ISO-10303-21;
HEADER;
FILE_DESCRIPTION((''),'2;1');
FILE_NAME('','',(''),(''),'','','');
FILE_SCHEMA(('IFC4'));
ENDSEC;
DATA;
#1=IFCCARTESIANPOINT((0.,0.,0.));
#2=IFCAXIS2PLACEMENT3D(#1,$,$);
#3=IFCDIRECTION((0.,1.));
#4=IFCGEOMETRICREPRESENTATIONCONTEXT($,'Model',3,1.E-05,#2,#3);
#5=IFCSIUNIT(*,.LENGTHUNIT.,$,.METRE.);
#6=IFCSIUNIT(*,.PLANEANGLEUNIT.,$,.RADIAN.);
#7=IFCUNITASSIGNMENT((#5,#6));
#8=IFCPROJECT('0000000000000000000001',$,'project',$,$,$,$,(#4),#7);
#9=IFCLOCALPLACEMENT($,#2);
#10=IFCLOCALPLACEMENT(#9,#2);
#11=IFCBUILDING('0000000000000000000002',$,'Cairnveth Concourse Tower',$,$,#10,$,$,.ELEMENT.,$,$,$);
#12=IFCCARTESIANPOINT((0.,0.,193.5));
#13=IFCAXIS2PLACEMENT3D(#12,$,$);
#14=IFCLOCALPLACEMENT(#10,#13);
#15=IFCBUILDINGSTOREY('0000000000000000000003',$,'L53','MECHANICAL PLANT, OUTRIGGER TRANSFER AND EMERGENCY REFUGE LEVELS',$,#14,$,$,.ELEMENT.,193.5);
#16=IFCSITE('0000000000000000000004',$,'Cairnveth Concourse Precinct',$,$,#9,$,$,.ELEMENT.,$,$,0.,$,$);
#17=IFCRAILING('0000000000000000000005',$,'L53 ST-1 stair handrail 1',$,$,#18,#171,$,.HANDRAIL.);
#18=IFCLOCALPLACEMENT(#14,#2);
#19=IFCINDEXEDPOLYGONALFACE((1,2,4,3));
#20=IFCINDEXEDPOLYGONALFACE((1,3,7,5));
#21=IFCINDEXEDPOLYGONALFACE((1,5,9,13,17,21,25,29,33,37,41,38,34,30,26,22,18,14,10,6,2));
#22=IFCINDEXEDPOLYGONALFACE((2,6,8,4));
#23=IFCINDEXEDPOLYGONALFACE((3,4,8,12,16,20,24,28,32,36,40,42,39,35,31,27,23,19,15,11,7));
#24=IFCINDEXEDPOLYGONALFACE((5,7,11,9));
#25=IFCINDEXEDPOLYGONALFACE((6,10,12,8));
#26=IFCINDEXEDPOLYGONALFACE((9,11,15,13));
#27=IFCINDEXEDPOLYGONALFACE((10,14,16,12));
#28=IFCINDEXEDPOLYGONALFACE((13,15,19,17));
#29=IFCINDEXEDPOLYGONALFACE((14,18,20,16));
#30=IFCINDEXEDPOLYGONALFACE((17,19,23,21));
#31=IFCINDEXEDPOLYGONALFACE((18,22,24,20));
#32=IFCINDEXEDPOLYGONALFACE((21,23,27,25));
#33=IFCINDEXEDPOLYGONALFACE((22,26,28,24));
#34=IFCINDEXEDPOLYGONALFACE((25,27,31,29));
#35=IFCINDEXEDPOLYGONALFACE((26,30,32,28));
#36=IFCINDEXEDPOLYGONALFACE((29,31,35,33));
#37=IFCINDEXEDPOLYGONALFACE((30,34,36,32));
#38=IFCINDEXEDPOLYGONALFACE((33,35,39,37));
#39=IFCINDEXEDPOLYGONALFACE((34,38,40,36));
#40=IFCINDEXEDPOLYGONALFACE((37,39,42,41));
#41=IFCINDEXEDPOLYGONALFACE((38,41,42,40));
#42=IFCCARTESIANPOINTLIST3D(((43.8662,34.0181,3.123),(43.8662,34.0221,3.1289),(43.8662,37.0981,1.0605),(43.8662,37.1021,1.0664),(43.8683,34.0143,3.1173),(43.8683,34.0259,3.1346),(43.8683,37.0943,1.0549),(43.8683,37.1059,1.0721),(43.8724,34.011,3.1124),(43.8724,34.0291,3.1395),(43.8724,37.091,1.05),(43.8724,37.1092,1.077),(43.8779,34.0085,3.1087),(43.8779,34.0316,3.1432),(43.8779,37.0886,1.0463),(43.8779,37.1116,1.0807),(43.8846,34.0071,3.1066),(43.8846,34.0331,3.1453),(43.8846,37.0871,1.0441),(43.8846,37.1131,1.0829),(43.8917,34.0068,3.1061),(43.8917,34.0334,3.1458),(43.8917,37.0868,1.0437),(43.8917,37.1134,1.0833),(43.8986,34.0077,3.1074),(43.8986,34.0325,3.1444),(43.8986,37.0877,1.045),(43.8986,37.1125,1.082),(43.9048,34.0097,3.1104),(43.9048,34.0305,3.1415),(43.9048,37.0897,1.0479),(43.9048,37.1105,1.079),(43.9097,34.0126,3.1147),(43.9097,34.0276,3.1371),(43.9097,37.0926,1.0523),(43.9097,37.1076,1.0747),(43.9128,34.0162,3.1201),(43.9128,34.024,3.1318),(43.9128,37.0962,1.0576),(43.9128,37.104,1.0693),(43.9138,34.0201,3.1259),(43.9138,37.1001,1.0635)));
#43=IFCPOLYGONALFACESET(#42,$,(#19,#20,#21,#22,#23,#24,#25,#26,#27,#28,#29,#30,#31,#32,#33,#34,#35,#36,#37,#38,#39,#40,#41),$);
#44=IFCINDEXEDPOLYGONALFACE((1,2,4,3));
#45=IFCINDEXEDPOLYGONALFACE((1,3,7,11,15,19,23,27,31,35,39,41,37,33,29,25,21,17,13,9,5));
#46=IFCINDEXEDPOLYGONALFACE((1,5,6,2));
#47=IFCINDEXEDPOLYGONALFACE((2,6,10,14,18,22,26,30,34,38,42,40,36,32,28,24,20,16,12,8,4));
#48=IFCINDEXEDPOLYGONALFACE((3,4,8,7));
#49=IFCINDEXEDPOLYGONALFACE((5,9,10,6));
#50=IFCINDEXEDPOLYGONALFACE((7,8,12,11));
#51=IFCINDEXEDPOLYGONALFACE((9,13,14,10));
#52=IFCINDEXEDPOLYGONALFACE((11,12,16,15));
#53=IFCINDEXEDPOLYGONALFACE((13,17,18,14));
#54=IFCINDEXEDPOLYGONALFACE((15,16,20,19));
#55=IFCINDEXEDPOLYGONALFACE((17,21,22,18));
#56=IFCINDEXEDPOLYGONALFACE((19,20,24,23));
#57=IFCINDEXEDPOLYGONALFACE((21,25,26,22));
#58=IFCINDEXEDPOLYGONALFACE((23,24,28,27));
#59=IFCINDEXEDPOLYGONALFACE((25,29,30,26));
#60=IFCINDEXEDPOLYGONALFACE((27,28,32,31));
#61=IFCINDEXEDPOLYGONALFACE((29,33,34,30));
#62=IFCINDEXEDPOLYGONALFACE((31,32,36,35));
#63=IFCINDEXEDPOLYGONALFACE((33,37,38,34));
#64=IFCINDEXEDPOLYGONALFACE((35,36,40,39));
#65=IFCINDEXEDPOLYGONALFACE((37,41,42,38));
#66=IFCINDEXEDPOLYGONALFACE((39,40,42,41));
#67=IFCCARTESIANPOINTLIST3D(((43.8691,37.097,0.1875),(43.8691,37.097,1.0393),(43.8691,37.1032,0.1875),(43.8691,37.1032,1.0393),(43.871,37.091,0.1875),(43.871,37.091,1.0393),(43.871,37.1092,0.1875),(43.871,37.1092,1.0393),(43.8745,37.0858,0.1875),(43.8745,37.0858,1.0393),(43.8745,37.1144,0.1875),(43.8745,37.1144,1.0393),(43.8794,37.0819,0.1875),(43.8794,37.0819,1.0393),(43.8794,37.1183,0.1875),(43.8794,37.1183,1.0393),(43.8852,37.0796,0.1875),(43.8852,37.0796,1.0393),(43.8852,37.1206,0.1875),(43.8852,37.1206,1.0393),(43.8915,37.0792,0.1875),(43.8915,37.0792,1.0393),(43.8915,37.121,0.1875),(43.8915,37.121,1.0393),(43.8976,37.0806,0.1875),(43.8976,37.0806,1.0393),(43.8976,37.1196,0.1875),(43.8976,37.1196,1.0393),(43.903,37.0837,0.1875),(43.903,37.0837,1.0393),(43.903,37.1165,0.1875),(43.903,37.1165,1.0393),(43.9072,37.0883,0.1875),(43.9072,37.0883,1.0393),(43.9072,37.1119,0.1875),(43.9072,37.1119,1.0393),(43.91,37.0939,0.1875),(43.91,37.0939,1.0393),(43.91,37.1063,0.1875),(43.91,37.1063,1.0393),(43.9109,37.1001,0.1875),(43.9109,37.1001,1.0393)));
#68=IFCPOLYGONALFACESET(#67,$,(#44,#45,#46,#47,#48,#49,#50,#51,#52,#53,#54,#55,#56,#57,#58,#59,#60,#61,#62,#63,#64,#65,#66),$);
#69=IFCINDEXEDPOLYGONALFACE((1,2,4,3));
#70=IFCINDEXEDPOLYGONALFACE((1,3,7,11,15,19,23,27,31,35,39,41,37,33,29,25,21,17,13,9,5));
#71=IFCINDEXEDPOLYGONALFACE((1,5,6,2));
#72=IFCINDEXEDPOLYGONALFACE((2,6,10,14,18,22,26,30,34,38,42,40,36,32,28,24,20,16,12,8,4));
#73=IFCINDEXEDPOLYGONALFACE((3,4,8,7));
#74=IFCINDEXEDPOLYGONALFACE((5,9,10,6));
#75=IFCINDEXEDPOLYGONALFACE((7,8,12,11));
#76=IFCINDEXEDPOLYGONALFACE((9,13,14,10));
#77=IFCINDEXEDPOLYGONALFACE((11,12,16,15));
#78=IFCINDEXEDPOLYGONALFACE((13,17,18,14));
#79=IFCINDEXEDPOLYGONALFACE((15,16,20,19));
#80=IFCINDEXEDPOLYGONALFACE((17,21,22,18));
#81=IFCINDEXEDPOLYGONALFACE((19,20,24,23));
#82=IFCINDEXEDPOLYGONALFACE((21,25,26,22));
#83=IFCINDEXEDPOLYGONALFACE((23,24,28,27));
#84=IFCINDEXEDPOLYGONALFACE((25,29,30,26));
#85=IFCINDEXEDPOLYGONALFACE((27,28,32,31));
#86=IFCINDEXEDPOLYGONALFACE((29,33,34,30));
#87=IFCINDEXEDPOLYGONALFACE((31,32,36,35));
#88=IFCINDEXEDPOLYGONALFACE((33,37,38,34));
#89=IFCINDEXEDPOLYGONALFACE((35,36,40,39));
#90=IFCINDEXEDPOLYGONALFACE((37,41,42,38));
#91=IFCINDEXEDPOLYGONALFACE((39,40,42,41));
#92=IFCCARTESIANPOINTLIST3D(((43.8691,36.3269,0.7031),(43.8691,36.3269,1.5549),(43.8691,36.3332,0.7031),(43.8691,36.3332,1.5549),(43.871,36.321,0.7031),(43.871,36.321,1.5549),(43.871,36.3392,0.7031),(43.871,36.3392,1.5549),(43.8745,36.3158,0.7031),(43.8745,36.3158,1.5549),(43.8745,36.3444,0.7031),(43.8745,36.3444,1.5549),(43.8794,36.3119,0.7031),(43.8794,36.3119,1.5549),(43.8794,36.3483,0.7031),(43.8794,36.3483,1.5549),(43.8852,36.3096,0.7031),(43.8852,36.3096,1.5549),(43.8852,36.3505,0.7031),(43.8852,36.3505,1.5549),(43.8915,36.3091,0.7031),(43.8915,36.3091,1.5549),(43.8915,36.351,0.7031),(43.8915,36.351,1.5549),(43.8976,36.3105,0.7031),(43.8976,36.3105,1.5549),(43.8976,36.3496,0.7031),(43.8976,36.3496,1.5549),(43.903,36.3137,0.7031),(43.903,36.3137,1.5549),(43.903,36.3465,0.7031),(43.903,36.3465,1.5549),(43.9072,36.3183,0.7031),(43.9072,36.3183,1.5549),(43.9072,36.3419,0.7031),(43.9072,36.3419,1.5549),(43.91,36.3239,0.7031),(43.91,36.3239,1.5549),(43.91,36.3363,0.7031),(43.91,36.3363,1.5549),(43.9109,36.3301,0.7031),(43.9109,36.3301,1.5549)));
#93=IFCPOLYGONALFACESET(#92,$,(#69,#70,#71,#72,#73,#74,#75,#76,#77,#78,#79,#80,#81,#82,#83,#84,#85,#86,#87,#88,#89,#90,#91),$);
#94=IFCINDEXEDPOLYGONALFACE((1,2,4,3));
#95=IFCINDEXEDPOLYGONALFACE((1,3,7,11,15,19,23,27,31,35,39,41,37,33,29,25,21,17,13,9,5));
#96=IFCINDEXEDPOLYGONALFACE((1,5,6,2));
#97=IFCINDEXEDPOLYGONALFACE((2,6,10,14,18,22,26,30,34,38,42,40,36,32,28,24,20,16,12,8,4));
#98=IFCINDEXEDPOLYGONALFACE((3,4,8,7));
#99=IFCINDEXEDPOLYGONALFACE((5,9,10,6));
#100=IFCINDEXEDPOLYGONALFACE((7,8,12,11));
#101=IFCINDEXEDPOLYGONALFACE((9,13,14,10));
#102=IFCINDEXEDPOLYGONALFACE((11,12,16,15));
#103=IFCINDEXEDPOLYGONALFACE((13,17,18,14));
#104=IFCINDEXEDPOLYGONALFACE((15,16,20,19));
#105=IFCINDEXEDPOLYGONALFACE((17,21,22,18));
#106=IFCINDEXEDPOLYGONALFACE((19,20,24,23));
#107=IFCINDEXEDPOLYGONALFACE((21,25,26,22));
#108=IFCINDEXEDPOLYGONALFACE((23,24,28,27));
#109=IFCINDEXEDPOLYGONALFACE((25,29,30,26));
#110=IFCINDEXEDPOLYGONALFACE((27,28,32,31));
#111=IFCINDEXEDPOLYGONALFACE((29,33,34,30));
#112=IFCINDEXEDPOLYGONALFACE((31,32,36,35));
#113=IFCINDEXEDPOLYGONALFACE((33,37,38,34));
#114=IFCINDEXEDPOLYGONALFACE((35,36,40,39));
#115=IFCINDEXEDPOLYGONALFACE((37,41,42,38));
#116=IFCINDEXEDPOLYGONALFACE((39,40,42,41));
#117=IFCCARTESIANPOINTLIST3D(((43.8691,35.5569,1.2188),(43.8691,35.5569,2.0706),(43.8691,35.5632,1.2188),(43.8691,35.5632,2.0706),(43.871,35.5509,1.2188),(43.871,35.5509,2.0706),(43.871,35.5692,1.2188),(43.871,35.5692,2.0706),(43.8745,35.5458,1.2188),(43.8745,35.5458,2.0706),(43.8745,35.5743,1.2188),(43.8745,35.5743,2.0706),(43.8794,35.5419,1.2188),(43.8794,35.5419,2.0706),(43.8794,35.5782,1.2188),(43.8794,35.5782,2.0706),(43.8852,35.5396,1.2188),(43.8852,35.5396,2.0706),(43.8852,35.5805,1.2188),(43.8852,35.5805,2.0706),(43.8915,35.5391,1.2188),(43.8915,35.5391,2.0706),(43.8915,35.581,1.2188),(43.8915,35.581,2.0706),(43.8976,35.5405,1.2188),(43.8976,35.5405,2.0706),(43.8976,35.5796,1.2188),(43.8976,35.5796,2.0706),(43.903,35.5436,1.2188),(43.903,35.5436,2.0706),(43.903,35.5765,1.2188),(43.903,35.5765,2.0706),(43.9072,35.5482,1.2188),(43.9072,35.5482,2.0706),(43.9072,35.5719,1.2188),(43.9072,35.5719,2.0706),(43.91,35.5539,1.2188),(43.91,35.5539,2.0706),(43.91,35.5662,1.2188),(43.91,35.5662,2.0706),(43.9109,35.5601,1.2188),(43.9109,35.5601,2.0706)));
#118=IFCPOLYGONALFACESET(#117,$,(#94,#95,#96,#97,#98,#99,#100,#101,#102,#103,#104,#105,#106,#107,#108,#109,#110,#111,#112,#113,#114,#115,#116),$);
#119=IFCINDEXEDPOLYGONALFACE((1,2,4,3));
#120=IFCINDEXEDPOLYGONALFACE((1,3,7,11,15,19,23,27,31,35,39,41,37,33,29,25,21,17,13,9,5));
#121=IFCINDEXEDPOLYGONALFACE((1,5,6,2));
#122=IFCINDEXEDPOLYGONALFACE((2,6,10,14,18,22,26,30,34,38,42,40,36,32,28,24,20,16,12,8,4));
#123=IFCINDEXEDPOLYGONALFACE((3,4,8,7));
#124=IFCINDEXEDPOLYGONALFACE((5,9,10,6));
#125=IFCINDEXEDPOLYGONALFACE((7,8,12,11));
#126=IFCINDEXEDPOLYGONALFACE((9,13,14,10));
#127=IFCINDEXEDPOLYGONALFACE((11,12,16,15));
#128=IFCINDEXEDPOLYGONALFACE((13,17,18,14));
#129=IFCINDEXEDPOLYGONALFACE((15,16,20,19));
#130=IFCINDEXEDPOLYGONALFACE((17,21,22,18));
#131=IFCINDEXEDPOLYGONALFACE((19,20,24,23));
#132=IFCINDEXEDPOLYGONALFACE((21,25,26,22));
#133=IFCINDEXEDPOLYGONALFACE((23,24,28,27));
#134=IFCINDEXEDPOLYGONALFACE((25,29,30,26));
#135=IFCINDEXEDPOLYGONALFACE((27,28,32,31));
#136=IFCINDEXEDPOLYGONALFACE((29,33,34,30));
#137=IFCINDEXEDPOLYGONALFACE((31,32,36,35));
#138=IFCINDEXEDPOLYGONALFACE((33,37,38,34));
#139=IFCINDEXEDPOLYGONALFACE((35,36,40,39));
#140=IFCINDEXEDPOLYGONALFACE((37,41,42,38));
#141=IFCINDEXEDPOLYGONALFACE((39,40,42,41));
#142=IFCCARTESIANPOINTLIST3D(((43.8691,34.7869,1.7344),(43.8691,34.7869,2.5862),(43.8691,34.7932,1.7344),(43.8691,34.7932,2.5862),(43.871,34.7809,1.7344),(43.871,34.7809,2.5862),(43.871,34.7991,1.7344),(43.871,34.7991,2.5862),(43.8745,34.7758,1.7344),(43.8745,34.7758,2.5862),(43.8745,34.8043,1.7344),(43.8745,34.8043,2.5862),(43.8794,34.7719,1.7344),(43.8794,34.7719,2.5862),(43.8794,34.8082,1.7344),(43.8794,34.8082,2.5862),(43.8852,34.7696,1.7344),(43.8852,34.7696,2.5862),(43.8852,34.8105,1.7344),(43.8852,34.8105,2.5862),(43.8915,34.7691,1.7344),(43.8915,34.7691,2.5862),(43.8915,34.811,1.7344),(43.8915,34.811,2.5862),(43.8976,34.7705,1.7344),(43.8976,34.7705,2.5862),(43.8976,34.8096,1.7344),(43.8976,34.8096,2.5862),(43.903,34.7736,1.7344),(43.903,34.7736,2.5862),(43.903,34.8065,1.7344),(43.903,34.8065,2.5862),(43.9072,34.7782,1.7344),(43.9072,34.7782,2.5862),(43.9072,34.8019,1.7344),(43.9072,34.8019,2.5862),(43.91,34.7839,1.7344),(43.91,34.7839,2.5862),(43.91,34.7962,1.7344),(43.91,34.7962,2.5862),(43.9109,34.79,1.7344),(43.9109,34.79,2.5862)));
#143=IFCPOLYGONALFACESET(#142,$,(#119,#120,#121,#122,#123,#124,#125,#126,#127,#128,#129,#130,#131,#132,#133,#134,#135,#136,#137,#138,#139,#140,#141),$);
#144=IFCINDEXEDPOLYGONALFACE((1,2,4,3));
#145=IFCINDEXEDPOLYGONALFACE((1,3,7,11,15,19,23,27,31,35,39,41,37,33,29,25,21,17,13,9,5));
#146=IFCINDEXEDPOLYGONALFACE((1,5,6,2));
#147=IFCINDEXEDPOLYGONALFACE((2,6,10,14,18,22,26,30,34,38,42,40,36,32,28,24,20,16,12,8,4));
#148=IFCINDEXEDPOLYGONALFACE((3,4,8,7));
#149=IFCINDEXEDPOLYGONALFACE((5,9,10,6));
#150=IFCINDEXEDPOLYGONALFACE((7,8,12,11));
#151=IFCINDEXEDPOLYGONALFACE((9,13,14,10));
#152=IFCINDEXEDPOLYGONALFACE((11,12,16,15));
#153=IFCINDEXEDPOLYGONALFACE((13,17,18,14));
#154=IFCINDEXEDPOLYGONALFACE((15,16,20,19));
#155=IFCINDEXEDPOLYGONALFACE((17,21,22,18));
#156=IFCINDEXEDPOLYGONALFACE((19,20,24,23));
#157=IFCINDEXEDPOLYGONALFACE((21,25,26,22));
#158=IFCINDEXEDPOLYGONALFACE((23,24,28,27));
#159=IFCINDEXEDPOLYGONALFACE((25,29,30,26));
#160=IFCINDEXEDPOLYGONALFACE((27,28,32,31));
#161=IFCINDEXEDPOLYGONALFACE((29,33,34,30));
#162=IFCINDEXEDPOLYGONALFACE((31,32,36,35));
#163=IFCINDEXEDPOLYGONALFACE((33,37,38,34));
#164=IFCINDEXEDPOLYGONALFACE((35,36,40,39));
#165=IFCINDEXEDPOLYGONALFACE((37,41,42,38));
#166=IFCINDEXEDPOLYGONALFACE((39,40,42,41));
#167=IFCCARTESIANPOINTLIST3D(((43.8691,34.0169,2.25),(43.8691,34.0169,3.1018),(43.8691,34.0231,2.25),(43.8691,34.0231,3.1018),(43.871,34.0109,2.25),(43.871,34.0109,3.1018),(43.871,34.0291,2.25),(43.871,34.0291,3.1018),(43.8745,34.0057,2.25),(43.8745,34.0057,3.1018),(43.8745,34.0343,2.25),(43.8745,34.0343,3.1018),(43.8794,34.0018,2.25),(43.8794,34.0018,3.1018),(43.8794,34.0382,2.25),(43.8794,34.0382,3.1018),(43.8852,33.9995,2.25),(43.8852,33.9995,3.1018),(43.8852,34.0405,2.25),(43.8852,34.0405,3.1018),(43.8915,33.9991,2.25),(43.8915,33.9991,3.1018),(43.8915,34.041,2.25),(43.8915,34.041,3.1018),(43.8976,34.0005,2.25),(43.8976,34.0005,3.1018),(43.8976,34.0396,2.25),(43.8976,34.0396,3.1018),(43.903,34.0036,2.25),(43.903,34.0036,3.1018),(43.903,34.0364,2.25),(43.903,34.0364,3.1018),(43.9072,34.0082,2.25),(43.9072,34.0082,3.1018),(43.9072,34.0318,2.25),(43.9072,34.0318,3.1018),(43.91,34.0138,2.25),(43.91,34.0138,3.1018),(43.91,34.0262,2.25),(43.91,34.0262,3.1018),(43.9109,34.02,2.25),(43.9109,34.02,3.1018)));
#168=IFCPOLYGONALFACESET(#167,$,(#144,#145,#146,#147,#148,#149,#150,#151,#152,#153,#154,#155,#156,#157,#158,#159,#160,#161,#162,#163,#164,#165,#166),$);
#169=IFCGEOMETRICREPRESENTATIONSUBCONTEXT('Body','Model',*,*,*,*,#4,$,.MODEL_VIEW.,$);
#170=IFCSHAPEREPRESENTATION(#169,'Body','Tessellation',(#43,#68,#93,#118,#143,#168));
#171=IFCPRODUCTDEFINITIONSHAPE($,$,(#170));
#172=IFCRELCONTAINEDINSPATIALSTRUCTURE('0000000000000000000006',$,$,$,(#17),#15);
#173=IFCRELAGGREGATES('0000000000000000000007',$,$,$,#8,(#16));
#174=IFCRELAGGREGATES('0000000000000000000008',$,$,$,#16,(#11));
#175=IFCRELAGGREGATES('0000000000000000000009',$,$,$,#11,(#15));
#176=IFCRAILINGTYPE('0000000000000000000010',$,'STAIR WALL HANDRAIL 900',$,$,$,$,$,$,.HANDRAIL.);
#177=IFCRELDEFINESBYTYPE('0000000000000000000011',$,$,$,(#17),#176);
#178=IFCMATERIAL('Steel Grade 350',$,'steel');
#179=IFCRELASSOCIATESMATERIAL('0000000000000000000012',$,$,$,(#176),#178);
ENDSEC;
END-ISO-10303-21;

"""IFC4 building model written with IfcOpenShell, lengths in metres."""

from ifc_helpers import new_model, si_unit, direction, frame, origin, origin_2d, place, context, subcontext, project, spatial, circle, extrude, material, type_object, element, save


model = new_model("IFC4")

# Units and contexts
model_context = context("Model", 3, precision=1e-05, world=origin(), true_north=direction((0.0, 1.0)))
body_context = subcontext(model_context, "Body", "Model", "MODEL_VIEW")
ifc_project = project(units=[si_unit("LENGTHUNIT", "METRE"), si_unit("PLANEANGLEUNIT", "RADIAN")], contexts=[model_context])

# Site, building, storey
site_placement = place(None, origin())
site = spatial("IfcSite", under=ifc_project, at=site_placement, Name="Cairnveth Concourse Precinct", CompositionType="ELEMENT", RefElevation=0.0)
building_placement = place(site_placement, origin())
building = spatial("IfcBuilding", under=site, at=building_placement, Name="Cairnveth Concourse Tower", CompositionType="ELEMENT")
storey_placement = place(building_placement, frame((0.0, 0.0, 193.5)))
storey = spatial("IfcBuildingStorey", under=building, at=storey_placement, Name="L53", Description="MECHANICAL PLANT, OUTRIGGER TRANSFER AND EMERGENCY REFUGE LEVELS", CompositionType="ELEMENT", Elevation=193.5)

# Shared definitions
ifc_material_1 = material(Name="Steel Grade 350", Category="steel")

# Railing
railing_type_1 = type_object("IfcRailingType", Name="STAIR WALL HANDRAIL 900", PredefinedType="HANDRAIL", material=ifc_material_1)
railing_1_placement = place(storey_placement, frame((43.8899, 37.1001, 0.1875)))
element("IfcRailing", 1, at=railing_1_placement, inside=storey, type_object=railing_type_1, Name="L53 ST-1 stair handrail 1", PredefinedType="HANDRAIL", context=body_context, shape_type="SweptSolid", body=[
    extrude(circle(Radius=0.0239, at=origin_2d()), frame((0.0, 0.0, 0.876), z_axis=(0.0, -0.830914, 0.556401), x_axis=(1.0, 0.0, 0.0)), (0.0, 0.0, 1.0), 3.7068),
    extrude(circle(Radius=0.021, at=origin_2d()), origin(), (0.0, 0.0, 1.0), 0.8518),
    extrude(circle(Radius=0.021, at=origin_2d()), frame((0.0, -0.77, 0.5156)), (0.0, 0.0, 1.0), 0.8518),
    extrude(circle(Radius=0.021, at=origin_2d()), frame((0.0, -1.54, 1.0312)), (0.0, 0.0, 1.0), 0.8518),
    extrude(circle(Radius=0.021, at=origin_2d()), frame((0.0, -2.3101, 1.5469)), (0.0, 0.0, 1.0), 0.8518),
    extrude(circle(Radius=0.021, at=origin_2d()), frame((0.0, -3.0801, 2.0625)), (0.0, 0.0, 1.0), 0.8518),
])

save(model, "model.ifc")
